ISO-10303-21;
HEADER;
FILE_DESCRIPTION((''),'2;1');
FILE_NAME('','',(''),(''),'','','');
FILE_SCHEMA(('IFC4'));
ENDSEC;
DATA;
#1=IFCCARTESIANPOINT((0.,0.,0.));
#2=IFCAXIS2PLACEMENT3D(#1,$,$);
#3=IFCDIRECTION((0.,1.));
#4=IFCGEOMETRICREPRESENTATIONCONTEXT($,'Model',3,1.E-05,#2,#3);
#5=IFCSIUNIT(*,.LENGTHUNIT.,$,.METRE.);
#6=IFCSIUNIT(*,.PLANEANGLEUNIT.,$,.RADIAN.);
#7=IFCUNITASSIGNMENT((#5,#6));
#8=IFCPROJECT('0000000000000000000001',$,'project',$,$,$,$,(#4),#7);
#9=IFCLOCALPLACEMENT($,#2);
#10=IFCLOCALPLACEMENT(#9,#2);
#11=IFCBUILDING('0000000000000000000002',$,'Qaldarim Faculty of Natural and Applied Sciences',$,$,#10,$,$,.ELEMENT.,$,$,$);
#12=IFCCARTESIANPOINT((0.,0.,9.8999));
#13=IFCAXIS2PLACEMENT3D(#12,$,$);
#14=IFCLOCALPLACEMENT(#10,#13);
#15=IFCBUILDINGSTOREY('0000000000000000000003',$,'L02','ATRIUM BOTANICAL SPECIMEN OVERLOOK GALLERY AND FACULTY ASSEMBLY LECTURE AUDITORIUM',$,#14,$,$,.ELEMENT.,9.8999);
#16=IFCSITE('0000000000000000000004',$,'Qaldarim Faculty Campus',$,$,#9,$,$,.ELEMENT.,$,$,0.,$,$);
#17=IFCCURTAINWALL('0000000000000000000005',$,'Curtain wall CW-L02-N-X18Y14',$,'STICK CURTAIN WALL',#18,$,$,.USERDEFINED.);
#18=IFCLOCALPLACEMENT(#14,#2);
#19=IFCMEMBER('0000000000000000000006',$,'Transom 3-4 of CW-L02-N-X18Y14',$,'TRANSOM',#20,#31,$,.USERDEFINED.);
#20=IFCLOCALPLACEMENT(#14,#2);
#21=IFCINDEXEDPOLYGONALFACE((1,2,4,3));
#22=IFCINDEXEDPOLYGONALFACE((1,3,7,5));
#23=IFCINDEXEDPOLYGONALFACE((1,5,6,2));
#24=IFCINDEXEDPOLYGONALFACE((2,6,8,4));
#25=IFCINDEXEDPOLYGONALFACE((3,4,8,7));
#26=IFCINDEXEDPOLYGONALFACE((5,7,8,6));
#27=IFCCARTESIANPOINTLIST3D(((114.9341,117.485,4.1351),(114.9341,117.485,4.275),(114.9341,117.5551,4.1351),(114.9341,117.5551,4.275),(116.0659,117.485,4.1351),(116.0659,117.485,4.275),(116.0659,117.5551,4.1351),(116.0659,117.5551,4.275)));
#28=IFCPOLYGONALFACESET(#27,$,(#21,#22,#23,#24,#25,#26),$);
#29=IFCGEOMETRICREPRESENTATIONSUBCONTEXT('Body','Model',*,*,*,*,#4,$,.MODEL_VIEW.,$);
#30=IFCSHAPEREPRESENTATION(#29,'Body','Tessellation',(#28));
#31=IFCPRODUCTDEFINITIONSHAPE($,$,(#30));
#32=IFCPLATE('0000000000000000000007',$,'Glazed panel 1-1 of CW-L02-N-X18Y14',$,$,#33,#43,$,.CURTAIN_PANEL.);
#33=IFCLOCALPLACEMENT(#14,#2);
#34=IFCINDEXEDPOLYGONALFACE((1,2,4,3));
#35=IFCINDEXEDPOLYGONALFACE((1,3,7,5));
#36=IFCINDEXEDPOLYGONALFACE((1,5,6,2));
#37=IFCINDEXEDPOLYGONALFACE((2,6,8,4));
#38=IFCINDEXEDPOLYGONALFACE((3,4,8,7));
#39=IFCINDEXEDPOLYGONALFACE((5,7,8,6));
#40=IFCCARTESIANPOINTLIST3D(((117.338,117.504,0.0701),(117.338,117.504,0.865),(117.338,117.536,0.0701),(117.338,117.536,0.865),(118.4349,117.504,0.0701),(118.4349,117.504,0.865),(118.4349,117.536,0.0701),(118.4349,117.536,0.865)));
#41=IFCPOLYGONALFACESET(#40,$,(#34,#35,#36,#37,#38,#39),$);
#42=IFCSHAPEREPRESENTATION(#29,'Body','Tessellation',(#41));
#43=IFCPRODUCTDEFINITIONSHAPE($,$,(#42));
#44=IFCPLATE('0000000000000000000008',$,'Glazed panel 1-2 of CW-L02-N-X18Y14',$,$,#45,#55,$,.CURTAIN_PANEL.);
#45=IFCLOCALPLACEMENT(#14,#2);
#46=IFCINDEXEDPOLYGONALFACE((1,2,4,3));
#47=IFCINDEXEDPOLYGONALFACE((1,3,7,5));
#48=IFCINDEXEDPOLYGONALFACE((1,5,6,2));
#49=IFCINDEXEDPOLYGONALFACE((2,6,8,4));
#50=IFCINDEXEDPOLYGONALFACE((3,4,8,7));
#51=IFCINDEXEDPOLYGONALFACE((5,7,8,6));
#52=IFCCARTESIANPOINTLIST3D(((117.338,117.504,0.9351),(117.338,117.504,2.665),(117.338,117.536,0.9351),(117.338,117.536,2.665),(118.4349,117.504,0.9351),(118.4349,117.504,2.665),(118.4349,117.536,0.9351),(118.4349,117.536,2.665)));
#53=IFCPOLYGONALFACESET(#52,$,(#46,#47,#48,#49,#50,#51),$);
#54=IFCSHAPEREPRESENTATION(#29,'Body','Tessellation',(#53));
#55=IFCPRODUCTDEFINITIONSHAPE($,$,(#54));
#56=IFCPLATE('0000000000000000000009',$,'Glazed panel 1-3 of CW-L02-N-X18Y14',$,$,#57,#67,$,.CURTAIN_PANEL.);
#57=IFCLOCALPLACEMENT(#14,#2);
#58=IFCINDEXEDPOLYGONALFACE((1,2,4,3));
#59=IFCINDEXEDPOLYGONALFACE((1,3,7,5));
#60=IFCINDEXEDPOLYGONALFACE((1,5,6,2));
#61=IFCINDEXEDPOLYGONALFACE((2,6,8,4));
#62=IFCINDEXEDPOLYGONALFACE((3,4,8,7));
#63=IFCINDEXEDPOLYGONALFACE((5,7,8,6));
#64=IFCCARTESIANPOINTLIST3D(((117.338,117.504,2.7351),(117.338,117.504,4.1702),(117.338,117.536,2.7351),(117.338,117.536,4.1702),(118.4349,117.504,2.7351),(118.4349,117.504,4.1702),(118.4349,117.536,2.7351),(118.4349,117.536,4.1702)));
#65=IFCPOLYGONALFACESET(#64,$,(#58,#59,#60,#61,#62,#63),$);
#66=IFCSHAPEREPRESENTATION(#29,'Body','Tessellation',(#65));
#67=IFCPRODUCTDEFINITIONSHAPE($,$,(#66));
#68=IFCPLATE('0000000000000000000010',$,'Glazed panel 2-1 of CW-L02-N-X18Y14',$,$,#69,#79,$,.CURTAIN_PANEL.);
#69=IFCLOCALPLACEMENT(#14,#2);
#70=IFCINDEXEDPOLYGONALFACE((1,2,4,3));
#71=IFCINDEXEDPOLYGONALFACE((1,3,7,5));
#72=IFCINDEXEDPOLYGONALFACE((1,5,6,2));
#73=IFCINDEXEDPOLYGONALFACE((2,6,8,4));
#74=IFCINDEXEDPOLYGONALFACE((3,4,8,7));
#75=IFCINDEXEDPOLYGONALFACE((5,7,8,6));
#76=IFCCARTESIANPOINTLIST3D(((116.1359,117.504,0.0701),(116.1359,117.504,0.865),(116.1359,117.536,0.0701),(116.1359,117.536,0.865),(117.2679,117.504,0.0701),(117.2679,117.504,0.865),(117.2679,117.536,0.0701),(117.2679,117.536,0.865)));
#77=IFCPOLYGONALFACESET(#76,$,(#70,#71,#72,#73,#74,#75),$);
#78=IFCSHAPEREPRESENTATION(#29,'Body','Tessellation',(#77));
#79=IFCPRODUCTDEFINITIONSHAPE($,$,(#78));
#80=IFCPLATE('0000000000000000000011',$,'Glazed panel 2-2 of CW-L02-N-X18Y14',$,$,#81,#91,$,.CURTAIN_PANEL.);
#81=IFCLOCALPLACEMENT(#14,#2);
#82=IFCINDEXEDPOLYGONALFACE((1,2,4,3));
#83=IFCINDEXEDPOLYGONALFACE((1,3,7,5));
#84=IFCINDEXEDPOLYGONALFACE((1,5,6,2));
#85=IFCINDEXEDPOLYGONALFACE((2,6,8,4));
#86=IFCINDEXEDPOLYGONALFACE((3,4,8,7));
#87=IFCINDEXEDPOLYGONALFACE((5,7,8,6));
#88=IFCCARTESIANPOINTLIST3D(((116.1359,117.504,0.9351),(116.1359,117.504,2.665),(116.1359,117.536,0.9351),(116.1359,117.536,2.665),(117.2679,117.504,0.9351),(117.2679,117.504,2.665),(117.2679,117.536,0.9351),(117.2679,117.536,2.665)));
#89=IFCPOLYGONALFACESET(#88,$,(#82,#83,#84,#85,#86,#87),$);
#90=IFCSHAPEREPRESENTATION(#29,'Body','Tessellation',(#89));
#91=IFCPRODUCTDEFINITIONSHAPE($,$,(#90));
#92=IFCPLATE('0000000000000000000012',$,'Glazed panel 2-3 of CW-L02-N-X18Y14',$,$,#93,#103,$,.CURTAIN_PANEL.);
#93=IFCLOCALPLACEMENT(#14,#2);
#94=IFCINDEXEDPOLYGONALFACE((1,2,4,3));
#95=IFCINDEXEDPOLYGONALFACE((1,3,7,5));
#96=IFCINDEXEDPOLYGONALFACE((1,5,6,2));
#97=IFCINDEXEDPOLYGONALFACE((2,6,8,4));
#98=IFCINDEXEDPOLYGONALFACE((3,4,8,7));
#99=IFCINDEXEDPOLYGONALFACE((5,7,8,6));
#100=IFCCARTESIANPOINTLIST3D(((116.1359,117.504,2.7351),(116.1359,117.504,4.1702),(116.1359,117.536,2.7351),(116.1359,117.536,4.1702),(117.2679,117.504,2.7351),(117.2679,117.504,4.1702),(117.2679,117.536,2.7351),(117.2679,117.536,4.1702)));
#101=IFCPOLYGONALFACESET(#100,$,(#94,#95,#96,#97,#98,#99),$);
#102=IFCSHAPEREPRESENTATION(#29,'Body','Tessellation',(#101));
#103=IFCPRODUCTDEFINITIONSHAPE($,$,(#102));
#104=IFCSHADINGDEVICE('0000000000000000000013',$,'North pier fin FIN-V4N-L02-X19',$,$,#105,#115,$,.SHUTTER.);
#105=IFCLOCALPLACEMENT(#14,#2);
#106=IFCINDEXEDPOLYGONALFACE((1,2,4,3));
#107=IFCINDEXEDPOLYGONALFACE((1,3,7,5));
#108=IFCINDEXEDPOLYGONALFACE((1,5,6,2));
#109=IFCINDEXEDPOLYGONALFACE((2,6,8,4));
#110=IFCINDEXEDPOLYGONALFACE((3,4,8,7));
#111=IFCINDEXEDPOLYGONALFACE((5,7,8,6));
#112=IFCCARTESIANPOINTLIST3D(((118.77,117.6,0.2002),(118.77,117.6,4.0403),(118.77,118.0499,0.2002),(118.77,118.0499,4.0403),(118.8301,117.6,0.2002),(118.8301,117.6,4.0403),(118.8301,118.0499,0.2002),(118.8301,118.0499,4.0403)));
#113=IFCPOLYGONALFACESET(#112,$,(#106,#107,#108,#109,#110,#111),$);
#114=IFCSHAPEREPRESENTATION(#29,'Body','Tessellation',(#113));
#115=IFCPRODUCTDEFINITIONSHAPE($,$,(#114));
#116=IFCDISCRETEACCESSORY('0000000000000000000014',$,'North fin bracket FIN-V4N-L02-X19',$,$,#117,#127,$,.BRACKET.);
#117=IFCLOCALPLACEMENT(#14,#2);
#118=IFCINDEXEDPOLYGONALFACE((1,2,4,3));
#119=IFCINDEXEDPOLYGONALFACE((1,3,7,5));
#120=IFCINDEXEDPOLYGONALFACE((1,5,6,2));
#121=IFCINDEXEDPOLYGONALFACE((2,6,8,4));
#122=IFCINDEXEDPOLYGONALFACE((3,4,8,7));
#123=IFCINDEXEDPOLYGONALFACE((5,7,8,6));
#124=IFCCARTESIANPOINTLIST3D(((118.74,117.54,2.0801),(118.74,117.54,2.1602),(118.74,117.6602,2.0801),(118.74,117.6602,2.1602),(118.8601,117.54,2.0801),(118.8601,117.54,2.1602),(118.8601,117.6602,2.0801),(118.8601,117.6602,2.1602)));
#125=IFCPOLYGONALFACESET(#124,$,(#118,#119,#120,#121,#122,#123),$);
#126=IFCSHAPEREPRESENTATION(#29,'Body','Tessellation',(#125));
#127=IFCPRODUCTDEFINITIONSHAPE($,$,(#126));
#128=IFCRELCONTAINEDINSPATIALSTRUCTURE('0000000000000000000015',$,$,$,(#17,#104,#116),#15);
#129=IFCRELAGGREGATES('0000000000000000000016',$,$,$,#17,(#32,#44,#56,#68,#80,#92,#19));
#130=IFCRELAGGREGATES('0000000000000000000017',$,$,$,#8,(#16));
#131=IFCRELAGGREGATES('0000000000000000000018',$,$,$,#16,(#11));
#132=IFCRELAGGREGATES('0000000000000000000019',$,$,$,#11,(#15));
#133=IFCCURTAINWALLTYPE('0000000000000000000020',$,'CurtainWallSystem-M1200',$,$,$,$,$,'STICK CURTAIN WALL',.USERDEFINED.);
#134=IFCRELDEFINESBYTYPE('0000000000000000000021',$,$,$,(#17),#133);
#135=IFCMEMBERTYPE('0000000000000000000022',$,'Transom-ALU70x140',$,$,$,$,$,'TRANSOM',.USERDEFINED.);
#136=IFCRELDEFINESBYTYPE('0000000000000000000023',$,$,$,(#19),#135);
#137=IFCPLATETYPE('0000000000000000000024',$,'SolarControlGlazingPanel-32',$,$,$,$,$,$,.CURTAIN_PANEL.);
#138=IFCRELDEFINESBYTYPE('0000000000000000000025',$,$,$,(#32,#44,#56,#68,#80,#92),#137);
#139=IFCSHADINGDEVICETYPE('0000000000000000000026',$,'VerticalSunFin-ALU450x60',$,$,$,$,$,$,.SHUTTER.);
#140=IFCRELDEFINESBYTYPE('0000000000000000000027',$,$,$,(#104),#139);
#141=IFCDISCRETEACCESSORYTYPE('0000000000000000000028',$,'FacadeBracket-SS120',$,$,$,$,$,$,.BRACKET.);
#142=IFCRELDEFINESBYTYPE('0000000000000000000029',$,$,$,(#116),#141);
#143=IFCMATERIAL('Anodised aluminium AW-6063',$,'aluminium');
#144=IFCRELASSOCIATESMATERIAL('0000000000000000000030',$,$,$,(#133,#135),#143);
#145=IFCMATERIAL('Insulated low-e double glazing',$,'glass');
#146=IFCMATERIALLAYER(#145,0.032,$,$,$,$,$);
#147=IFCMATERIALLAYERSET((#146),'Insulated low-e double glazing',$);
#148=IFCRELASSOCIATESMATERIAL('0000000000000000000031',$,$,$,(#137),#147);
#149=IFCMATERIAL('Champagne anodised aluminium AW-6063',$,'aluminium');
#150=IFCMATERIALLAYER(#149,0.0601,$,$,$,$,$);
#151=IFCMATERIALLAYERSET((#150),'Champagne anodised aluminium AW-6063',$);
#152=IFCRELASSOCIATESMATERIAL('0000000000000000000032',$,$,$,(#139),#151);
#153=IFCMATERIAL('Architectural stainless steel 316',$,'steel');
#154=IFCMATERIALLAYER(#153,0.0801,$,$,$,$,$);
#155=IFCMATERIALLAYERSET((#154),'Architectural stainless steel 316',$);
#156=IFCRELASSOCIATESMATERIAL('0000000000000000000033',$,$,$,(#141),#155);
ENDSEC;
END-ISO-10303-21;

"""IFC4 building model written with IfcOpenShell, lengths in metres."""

from ifc_helpers import new_model, si_unit, direction, frame, origin, origin_2d, place, context, subcontext, project, spatial, rectangle, extrude, material, layer, layer_set, material_profile, profile_set, type_object, element, aggregate, save


model = new_model("IFC4")

# Units and contexts
model_context = context("Model", 3, precision=1e-05, world=origin(), true_north=direction((0.0, 1.0)))
body_context = subcontext(model_context, "Body", "Model", "MODEL_VIEW")
ifc_project = project(units=[si_unit("LENGTHUNIT", "METRE"), si_unit("PLANEANGLEUNIT", "RADIAN")], contexts=[model_context])

# Site, building, storey
site_placement = place(None, origin())
site = spatial("IfcSite", under=ifc_project, at=site_placement, Name="Qaldarim Faculty Campus", CompositionType="ELEMENT", RefElevation=0.0)
building_placement = place(site_placement, origin())
building = spatial("IfcBuilding", under=site, at=building_placement, Name="Qaldarim Faculty of Natural and Applied Sciences", CompositionType="ELEMENT")
storey_placement = place(building_placement, frame((0.0, 0.0, 9.8999)))
storey = spatial("IfcBuildingStorey", under=building, at=storey_placement, Name="L02", Description="ATRIUM BOTANICAL SPECIMEN OVERLOOK GALLERY AND FACULTY ASSEMBLY LECTURE AUDITORIUM", CompositionType="ELEMENT", Elevation=9.8999)

# Curtain wall
ifc_material_1 = material(Name="Anodised aluminium AW-6063", Category="aluminium")
curtain_wall_type = type_object("IfcCurtainWallType", Name="CurtainWallSystem-M1200", ElementType="STICK CURTAIN WALL", PredefinedType="USERDEFINED", material=ifc_material_1)
curtain_wall_placement = place(storey_placement, origin())
curtain_wall = element("IfcCurtainWall", 1, at=curtain_wall_placement, inside=storey, type_object=curtain_wall_type, Name="Curtain wall CW-L02-N-X18Y14", ObjectType="STICK CURTAIN WALL", PredefinedType="USERDEFINED")

# Member
ifc_material_profile_1 = material_profile(ifc_material_1, rectangle(XDim=0.0701, YDim=0.1399, at=origin_2d()), Name="ALU-T70x140")
ifc_profile_set_1 = profile_set([ifc_material_profile_1], Name="Anodised aluminium AW-6063")
member_type_1 = type_object("IfcMemberType", Name="Transom-ALU70x140", ElementType="TRANSOM", PredefinedType="USERDEFINED", material=ifc_profile_set_1)
member_1_placement = place(storey_placement, frame((116.0659, 117.52, 4.2051), z_axis=(-1.0, 0.0, 0.0), x_axis=(0.0, -1.0, 0.0)))
member_1 = element("IfcMember", 2, at=member_1_placement, type_object=member_type_1, Name="Transom 3-4 of CW-L02-N-X18Y14", ObjectType="TRANSOM", PredefinedType="USERDEFINED", context=body_context, shape_type="SweptSolid", body=[
    extrude(rectangle(XDim=0.0701, YDim=0.1399, at=origin_2d()), origin(), (0.0, 0.0, 1.0), 1.1318),
])

# Plates
ifc_material_2 = material(Name="Insulated low-e double glazing", Category="glass")
ifc_layer_1 = layer(ifc_material_2, 0.032)
ifc_layer_set_1 = layer_set([ifc_layer_1], Name="Insulated low-e double glazing")
plate_type = type_object("IfcPlateType", Name="SolarControlGlazingPanel-32", PredefinedType="CURTAIN_PANEL", material=ifc_layer_set_1)
plate_1_placement = place(storey_placement, frame((117.8865, 117.52, 0.0701), z_axis=(0.0, 0.0, 1.0), x_axis=(-1.0, 0.0, 0.0)))
plate_1 = element("IfcPlate", 3, at=plate_1_placement, type_object=plate_type, Name="Glazed panel 1-1 of CW-L02-N-X18Y14", PredefinedType="CURTAIN_PANEL", context=body_context, shape_type="SweptSolid", body=[
    extrude(rectangle(XDim=1.0969, YDim=0.032, at=origin_2d()), origin(), (0.0, 0.0, 1.0), 0.7949),
])
plate_2_placement = place(storey_placement, frame((117.8865, 117.52, 0.9351), z_axis=(0.0, 0.0, 1.0), x_axis=(-1.0, 0.0, 0.0)))
plate_2 = element("IfcPlate", 4, at=plate_2_placement, type_object=plate_type, Name="Glazed panel 1-2 of CW-L02-N-X18Y14", PredefinedType="CURTAIN_PANEL", context=body_context, shape_type="SweptSolid", body=[
    extrude(rectangle(XDim=1.0969, YDim=0.032, at=origin_2d()), origin(), (0.0, 0.0, 1.0), 1.73),
])
plate_3_placement = place(storey_placement, frame((117.8865, 117.52, 2.7351), z_axis=(0.0, 0.0, 1.0), x_axis=(-1.0, 0.0, 0.0)))
plate_3 = element("IfcPlate", 5, at=plate_3_placement, type_object=plate_type, Name="Glazed panel 1-3 of CW-L02-N-X18Y14", PredefinedType="CURTAIN_PANEL", context=body_context, shape_type="SweptSolid", body=[
    extrude(rectangle(XDim=1.0969, YDim=0.032, at=origin_2d()), origin(), (0.0, 0.0, 1.0), 1.4351),
])
plate_4_placement = place(storey_placement, frame((116.7019, 117.52, 0.0701), z_axis=(0.0, 0.0, 1.0), x_axis=(-1.0, 0.0, 0.0)))
plate_4 = element("IfcPlate", 6, at=plate_4_placement, type_object=plate_type, Name="Glazed panel 2-1 of CW-L02-N-X18Y14", PredefinedType="CURTAIN_PANEL", context=body_context, shape_type="SweptSolid", body=[
    extrude(rectangle(XDim=1.1321, YDim=0.032, at=origin_2d()), origin(), (0.0, 0.0, 1.0), 0.7949),
])
plate_5_placement = place(storey_placement, frame((116.7019, 117.52, 0.9351), z_axis=(0.0, 0.0, 1.0), x_axis=(-1.0, 0.0, 0.0)))
plate_5 = element("IfcPlate", 7, at=plate_5_placement, type_object=plate_type, Name="Glazed panel 2-2 of CW-L02-N-X18Y14", PredefinedType="CURTAIN_PANEL", context=body_context, shape_type="SweptSolid", body=[
    extrude(rectangle(XDim=1.1321, YDim=0.032, at=origin_2d()), origin(), (0.0, 0.0, 1.0), 1.73),
])
plate_6_placement = place(storey_placement, frame((116.7019, 117.52, 2.7351), z_axis=(0.0, 0.0, 1.0), x_axis=(-1.0, 0.0, 0.0)))
plate_6 = element("IfcPlate", 8, at=plate_6_placement, type_object=plate_type, Name="Glazed panel 2-3 of CW-L02-N-X18Y14", PredefinedType="CURTAIN_PANEL", context=body_context, shape_type="SweptSolid", body=[
    extrude(rectangle(XDim=1.1321, YDim=0.032, at=origin_2d()), origin(), (0.0, 0.0, 1.0), 1.4351),
])
aggregate(curtain_wall, [plate_1, plate_2, plate_3, plate_4, plate_5, plate_6, member_1])

# Shading device
ifc_material_3 = material(Name="Champagne anodised aluminium AW-6063", Category="aluminium")
ifc_layer_2 = layer(ifc_material_3, 0.0601)
ifc_layer_set_2 = layer_set([ifc_layer_2], Name="Champagne anodised aluminium AW-6063")
shading_device_type = type_object("IfcShadingDeviceType", Name="VerticalSunFin-ALU450x60", PredefinedType="SHUTTER", material=ifc_layer_set_2)
shading_device_placement = place(storey_placement, frame((118.8, 117.825, 0.2002), z_axis=(0.0, 0.0, 1.0), x_axis=(1.0, 0.0, 0.0)))
element("IfcShadingDevice", 9, at=shading_device_placement, inside=storey, type_object=shading_device_type, Name="North pier fin FIN-V4N-L02-X19", PredefinedType="SHUTTER", context=body_context, shape_type="SweptSolid", body=[
    extrude(rectangle(XDim=0.0601, YDim=0.45, at=origin_2d()), origin(), (0.0, 0.0, 1.0), 3.8401),
])

# Discrete accessory
ifc_material_4 = material(Name="Architectural stainless steel 316", Category="steel")
ifc_layer_3 = layer(ifc_material_4, 0.0801)
ifc_layer_set_3 = layer_set([ifc_layer_3], Name="Architectural stainless steel 316")
discrete_accessory_type = type_object("IfcDiscreteAccessoryType", Name="FacadeBracket-SS120", PredefinedType="BRACKET", material=ifc_layer_set_3)
discrete_accessory_placement = place(storey_placement, frame((118.8, 117.6001, 2.0801), z_axis=(0.0, 0.0, 1.0), x_axis=(1.0, 0.0, 0.0)))
element("IfcDiscreteAccessory", 10, at=discrete_accessory_placement, inside=storey, type_object=discrete_accessory_type, Name="North fin bracket FIN-V4N-L02-X19", PredefinedType="BRACKET", context=body_context, shape_type="SweptSolid", body=[
    extrude(rectangle(XDim=0.1201, YDim=0.1201, at=origin_2d()), origin(), (0.0, 0.0, 1.0), 0.0801),
])

save(model, "model.ifc")
